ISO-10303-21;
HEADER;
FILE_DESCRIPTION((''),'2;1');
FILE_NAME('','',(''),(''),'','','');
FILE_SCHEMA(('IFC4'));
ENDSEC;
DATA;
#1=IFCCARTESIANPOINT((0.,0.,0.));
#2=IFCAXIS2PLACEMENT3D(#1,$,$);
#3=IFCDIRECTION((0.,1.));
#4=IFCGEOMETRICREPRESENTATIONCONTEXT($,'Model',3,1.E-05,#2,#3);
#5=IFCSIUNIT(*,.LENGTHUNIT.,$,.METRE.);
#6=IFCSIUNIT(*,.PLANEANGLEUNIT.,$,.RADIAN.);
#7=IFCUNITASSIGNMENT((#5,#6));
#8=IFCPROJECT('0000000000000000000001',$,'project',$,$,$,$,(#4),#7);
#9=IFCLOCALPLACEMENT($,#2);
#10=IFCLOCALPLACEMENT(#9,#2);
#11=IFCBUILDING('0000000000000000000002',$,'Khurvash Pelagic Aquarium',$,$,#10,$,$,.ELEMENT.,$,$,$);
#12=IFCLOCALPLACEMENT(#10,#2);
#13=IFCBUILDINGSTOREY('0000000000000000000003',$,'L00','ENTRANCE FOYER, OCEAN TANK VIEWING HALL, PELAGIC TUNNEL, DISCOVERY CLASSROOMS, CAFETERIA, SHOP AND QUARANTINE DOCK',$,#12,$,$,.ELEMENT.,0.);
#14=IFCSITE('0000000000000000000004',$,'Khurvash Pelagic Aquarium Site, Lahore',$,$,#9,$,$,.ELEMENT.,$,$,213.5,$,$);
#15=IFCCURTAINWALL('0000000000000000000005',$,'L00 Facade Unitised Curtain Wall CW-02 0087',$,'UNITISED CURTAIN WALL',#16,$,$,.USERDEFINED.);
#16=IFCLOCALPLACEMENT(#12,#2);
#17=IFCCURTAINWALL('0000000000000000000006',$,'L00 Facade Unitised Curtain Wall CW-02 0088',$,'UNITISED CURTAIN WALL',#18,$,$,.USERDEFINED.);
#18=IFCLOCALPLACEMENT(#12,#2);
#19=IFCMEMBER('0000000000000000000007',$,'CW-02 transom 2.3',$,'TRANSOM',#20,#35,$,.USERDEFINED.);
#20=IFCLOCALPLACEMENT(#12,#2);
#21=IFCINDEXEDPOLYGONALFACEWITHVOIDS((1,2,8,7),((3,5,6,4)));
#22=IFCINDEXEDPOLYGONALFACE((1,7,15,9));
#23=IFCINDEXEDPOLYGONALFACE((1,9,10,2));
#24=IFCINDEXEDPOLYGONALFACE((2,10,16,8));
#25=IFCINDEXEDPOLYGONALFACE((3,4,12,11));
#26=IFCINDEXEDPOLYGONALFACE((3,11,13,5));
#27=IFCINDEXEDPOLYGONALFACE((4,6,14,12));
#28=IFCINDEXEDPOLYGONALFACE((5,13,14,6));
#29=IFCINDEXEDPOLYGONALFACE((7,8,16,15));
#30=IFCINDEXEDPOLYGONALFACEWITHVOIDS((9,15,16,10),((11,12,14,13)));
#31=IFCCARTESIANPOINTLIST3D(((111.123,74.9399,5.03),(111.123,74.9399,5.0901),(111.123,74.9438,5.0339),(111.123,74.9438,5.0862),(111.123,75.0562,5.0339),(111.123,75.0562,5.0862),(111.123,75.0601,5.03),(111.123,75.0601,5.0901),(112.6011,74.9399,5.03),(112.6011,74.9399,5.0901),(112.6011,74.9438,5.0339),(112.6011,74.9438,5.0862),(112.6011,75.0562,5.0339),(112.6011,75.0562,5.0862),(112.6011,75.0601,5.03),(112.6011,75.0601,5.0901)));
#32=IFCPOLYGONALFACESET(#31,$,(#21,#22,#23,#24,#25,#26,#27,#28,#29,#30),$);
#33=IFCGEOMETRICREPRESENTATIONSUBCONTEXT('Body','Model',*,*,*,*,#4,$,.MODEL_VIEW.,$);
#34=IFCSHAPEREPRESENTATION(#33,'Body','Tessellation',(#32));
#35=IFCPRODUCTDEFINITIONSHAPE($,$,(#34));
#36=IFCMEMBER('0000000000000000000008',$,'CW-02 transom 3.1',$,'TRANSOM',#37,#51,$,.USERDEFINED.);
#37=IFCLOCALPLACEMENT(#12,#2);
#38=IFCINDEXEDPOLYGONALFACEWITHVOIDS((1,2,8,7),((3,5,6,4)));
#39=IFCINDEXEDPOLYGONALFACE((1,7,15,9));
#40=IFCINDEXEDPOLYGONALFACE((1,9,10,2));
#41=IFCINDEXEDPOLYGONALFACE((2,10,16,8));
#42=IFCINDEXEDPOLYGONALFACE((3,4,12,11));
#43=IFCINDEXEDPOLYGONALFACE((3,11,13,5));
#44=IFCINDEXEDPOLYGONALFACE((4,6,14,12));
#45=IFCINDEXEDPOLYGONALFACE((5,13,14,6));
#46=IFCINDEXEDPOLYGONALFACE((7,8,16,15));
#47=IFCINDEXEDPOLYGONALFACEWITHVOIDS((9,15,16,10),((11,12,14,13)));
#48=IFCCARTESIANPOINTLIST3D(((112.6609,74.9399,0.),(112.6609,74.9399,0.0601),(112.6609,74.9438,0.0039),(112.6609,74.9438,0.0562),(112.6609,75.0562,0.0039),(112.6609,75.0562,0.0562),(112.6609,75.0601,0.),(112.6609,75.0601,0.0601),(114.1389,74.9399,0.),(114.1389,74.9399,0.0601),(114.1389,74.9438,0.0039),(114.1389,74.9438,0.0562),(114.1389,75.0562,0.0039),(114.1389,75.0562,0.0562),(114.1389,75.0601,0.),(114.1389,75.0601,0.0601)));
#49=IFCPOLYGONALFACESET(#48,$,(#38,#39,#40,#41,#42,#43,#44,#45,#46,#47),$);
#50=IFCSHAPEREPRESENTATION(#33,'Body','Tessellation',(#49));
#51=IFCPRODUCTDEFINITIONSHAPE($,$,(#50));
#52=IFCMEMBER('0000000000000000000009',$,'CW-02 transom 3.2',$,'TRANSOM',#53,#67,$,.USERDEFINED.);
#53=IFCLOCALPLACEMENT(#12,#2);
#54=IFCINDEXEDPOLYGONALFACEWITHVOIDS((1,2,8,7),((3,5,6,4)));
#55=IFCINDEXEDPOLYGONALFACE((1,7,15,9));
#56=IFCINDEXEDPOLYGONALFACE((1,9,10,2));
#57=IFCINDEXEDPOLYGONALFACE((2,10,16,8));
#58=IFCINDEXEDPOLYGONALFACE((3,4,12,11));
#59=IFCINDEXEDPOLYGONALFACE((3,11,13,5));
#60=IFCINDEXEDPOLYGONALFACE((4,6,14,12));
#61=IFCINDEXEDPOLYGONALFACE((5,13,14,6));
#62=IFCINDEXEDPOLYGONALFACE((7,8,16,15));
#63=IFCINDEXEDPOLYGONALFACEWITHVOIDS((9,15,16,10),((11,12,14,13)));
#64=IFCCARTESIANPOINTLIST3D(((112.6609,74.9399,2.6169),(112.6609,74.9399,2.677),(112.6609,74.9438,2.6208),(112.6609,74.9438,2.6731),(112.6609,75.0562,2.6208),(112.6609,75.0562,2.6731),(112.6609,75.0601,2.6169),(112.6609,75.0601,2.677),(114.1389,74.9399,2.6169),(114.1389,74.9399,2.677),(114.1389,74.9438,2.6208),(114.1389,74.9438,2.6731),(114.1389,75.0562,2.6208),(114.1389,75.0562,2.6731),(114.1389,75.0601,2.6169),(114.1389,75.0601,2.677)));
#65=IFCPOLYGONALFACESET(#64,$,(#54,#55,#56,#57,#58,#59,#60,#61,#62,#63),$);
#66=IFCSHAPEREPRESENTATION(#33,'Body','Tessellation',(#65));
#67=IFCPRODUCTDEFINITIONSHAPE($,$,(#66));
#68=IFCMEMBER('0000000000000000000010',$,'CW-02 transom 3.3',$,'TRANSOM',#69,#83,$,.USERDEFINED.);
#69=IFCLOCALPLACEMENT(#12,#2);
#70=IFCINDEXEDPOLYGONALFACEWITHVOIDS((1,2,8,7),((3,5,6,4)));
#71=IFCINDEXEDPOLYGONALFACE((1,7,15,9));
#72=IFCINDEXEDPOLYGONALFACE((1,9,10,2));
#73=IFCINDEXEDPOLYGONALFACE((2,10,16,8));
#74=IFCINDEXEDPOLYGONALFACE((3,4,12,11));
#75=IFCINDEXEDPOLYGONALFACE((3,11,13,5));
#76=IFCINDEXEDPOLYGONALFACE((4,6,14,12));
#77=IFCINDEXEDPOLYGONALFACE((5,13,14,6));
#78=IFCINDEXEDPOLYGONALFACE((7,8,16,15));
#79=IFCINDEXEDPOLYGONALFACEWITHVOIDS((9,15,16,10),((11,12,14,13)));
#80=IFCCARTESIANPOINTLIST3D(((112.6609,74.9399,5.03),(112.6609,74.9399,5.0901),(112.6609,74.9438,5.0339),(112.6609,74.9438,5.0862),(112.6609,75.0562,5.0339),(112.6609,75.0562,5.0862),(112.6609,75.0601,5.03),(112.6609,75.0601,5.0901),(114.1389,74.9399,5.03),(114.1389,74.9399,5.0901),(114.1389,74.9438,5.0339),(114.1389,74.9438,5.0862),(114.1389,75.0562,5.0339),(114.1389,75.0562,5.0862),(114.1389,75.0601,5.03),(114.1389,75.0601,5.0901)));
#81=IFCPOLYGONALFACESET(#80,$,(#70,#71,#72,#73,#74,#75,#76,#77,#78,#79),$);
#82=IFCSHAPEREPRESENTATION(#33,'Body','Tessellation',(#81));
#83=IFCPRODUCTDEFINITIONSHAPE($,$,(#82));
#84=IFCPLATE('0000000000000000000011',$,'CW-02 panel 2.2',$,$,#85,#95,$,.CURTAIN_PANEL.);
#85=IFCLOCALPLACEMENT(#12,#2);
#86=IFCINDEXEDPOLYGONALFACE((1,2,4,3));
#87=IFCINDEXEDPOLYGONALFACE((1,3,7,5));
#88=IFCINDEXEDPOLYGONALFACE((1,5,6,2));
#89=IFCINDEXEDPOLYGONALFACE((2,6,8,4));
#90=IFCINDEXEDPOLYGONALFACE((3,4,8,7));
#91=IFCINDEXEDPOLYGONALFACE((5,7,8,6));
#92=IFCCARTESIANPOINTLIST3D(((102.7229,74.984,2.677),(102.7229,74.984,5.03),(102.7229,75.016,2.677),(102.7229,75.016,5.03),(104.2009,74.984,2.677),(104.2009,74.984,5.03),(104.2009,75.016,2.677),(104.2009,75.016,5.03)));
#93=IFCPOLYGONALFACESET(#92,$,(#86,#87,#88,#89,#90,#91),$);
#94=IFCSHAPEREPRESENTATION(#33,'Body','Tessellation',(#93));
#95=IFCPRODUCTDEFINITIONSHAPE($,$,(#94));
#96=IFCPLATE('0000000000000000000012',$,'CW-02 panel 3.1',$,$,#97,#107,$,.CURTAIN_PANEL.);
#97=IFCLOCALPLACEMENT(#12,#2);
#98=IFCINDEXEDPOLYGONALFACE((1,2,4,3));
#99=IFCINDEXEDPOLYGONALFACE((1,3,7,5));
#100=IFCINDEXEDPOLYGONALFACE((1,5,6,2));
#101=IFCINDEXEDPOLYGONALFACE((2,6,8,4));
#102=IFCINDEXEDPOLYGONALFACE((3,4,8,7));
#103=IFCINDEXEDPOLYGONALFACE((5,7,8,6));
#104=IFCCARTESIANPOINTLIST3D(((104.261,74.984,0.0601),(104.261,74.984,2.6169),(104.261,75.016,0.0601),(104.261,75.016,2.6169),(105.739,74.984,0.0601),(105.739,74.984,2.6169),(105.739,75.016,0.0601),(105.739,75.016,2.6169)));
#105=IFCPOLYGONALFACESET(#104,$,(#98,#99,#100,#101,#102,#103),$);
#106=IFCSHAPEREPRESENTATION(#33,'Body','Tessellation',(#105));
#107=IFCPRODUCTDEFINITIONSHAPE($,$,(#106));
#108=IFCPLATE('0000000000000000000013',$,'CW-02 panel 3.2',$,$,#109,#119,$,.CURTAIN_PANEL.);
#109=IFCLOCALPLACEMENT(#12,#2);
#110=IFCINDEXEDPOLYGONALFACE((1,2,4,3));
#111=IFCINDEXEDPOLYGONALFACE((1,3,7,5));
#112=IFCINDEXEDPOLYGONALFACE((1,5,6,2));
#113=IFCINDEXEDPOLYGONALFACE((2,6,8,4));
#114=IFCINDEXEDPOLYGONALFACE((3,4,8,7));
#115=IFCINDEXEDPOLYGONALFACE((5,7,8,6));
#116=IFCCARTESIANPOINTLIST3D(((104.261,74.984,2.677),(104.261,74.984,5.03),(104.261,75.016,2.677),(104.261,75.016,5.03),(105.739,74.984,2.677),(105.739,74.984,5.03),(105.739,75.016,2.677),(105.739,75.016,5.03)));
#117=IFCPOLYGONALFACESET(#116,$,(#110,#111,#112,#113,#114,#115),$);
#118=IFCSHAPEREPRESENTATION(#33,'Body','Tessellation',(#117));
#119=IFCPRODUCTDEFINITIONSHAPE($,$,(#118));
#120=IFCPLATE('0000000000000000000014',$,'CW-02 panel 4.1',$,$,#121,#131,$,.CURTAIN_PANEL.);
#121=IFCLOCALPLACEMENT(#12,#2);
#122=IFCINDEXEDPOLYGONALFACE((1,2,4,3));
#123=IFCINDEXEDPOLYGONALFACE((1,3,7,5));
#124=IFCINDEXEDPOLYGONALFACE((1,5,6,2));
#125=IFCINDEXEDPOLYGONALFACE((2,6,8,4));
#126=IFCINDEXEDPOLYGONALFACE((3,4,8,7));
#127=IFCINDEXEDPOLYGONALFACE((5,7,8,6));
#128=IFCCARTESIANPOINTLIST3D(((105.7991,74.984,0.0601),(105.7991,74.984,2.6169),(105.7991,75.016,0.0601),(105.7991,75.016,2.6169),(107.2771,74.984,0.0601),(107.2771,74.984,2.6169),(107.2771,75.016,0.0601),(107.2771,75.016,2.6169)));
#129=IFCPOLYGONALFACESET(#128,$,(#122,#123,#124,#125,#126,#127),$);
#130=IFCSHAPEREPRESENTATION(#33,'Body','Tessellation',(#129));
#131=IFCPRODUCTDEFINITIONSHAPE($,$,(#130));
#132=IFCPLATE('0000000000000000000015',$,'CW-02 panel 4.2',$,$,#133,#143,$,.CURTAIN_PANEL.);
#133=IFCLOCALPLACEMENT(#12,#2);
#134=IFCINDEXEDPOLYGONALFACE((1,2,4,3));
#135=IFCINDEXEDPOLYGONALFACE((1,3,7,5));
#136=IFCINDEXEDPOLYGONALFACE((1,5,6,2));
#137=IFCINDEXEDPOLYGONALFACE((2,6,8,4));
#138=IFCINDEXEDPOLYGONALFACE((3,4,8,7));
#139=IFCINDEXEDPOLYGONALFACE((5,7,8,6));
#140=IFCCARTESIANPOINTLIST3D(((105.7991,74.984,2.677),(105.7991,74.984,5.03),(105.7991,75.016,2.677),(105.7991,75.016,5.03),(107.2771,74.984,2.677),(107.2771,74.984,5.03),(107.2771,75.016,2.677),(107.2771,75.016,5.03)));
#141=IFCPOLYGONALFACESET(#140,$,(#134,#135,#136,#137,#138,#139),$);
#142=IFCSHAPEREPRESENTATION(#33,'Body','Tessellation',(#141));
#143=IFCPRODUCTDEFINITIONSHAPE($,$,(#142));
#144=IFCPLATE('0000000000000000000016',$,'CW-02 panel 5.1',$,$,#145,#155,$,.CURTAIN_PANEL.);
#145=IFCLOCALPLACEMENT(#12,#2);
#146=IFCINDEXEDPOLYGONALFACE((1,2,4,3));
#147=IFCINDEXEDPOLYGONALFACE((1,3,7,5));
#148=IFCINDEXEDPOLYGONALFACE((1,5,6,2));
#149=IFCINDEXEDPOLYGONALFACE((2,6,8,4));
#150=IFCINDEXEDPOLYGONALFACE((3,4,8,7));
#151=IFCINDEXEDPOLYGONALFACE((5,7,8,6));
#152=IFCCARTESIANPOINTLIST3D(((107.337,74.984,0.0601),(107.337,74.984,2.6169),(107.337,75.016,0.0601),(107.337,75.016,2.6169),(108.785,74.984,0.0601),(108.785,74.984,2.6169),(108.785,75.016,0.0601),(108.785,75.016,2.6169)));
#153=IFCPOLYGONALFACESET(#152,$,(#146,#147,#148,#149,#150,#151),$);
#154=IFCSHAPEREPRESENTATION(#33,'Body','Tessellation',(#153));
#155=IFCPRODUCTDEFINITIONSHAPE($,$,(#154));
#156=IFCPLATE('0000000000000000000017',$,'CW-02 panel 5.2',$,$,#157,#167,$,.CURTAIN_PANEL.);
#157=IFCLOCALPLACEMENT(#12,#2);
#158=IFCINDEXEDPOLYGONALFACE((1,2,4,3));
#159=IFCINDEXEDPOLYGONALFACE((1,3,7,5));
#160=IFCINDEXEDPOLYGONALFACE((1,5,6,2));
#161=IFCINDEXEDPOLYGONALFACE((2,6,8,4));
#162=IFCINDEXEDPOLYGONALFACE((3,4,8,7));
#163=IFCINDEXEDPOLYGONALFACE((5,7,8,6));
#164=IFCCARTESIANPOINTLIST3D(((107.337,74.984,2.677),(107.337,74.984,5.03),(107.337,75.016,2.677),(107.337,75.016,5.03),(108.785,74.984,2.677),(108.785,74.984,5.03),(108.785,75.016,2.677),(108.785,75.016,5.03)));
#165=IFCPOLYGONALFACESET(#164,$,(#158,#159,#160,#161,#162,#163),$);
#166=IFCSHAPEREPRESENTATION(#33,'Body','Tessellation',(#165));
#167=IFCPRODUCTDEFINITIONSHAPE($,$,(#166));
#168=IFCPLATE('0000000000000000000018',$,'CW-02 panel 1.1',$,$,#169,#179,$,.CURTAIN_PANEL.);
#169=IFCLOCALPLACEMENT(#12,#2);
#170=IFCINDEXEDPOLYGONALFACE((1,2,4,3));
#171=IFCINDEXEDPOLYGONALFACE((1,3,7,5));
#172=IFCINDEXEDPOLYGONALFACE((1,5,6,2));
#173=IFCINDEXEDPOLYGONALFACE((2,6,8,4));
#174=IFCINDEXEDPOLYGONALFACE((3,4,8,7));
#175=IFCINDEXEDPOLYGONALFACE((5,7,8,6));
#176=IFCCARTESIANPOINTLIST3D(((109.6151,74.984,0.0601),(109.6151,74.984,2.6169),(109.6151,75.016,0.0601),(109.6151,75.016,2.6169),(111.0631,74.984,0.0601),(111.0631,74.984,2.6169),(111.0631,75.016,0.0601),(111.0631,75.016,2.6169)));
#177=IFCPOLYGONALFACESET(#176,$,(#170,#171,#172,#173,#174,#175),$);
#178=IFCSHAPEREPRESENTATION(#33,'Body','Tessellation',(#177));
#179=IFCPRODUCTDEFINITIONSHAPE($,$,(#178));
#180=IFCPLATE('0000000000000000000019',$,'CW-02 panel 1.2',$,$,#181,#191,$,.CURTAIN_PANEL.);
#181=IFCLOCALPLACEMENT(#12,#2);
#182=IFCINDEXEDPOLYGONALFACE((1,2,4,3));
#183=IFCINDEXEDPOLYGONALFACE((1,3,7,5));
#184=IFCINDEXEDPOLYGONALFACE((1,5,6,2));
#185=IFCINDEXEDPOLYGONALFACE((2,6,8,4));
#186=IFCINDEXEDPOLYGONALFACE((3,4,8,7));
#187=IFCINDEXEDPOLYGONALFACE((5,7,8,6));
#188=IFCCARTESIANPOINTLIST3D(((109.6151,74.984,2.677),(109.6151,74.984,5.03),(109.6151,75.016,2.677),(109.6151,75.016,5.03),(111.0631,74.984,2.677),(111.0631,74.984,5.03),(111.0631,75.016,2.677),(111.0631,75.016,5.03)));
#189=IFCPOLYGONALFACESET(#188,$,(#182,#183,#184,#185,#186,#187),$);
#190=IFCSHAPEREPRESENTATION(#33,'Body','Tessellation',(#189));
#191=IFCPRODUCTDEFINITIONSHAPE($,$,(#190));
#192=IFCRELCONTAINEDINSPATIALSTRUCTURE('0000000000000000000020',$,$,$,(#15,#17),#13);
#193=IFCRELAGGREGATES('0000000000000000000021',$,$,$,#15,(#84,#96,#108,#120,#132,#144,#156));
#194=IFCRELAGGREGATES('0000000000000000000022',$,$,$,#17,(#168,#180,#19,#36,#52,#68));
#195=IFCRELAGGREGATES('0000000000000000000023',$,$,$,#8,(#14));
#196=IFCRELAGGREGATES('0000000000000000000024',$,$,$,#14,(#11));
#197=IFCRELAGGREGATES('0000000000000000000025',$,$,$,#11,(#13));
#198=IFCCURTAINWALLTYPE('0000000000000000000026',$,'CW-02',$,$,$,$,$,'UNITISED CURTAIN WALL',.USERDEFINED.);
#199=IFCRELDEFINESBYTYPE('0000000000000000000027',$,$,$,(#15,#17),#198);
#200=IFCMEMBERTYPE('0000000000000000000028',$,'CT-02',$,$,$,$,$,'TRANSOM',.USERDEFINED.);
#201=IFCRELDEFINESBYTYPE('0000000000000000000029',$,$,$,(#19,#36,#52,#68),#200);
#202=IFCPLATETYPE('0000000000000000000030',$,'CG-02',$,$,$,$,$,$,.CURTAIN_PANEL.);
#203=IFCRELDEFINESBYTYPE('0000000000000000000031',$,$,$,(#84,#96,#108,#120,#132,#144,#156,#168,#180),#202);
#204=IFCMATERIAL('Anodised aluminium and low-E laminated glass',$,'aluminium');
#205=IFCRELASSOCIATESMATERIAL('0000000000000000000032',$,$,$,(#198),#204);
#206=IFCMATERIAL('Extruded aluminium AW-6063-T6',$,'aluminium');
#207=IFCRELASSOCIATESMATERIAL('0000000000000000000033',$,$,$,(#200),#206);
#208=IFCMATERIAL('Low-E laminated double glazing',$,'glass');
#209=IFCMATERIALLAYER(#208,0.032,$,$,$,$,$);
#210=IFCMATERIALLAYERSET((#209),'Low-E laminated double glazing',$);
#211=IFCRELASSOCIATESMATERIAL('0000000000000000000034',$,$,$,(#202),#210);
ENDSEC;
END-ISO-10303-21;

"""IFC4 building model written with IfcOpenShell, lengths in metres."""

from ifc_helpers import new_model, si_unit, direction, frame, origin, origin_2d, place, context, subcontext, project, spatial, rectangle, hollow_rectangle, extrude, material, layer, layer_set, material_profile, profile_set, type_object, element, aggregate, save


model = new_model("IFC4")

# Units and contexts
model_context = context("Model", 3, precision=1e-05, world=origin(), true_north=direction((0.0, 1.0)))
body_context = subcontext(model_context, "Body", "Model", "MODEL_VIEW")
ifc_project = project(units=[si_unit("LENGTHUNIT", "METRE"), si_unit("PLANEANGLEUNIT", "RADIAN")], contexts=[model_context])

# Site, building, storey
site_placement = place(None, origin())
site = spatial("IfcSite", under=ifc_project, at=site_placement, Name="Khurvash Pelagic Aquarium Site, Lahore", CompositionType="ELEMENT", RefElevation=213.5)
building_placement = place(site_placement, origin())
building = spatial("IfcBuilding", under=site, at=building_placement, Name="Khurvash Pelagic Aquarium", CompositionType="ELEMENT")
storey_placement = place(building_placement, origin())
storey = spatial("IfcBuildingStorey", under=building, at=storey_placement, Name="L00", Description="ENTRANCE FOYER, OCEAN TANK VIEWING HALL, PELAGIC TUNNEL, DISCOVERY CLASSROOMS, CAFETERIA, SHOP AND QUARANTINE DOCK", CompositionType="ELEMENT", Elevation=0.0)

# Curtain walls
ifc_material_1 = material(Name="Anodised aluminium and low-E laminated glass", Category="aluminium")
curtain_wall_type = type_object("IfcCurtainWallType", Name="CW-02", ElementType="UNITISED CURTAIN WALL", PredefinedType="USERDEFINED", material=ifc_material_1)
curtain_wall_1_placement = place(storey_placement, origin())
curtain_wall_1 = element("IfcCurtainWall", 1, at=curtain_wall_1_placement, inside=storey, type_object=curtain_wall_type, Name="L00 Facade Unitised Curtain Wall CW-02 0087", ObjectType="UNITISED CURTAIN WALL", PredefinedType="USERDEFINED")
ifc_material_2 = material(Name="Extruded aluminium AW-6063-T6", Category="aluminium")
curtain_wall_2_placement = place(storey_placement, origin())
curtain_wall_2 = element("IfcCurtainWall", 2, at=curtain_wall_2_placement, inside=storey, type_object=curtain_wall_type, Name="L00 Facade Unitised Curtain Wall CW-02 0088", ObjectType="UNITISED CURTAIN WALL", PredefinedType="USERDEFINED")

# Members
ifc_material_profile_1 = material_profile(ifc_material_2, hollow_rectangle(XDim=0.1201, YDim=0.0601, WallThickness=0.0039, at=origin_2d()), Name="CWT120X60X4")
ifc_profile_set_1 = profile_set([ifc_material_profile_1], Name="Extruded aluminium AW-6063-T6")
member_type_1 = type_object("IfcMemberType", Name="CT-02", ElementType="TRANSOM", PredefinedType="USERDEFINED", material=ifc_profile_set_1)
member_1_placement = place(storey_placement, frame((111.123, 75.0, 5.0601), z_axis=(1.0, 0.0, 0.0), x_axis=(0.0, 1.0, 0.0)))
member_1 = element("IfcMember", 3, at=member_1_placement, type_object=member_type_1, Name="CW-02 transom 2.3", ObjectType="TRANSOM", PredefinedType="USERDEFINED", context=body_context, shape_type="SweptSolid", body=[
    extrude(hollow_rectangle(XDim=0.1201, YDim=0.0601, WallThickness=0.0039, at=origin_2d()), origin(), (0.0, 0.0, 1.0), 1.478),
])
member_2_placement = place(storey_placement, frame((112.6609, 75.0, 0.03), z_axis=(1.0, 0.0, 0.0), x_axis=(0.0, 1.0, 0.0)))
member_2 = element("IfcMember", 4, at=member_2_placement, type_object=member_type_1, Name="CW-02 transom 3.1", ObjectType="TRANSOM", PredefinedType="USERDEFINED", context=body_context, shape_type="SweptSolid", body=[
    extrude(hollow_rectangle(XDim=0.1201, YDim=0.0601, WallThickness=0.0039, at=origin_2d()), origin(), (0.0, 0.0, 1.0), 1.478),
])
member_3_placement = place(storey_placement, frame((112.6609, 75.0, 2.647), z_axis=(1.0, 0.0, 0.0), x_axis=(0.0, 1.0, 0.0)))
member_3 = element("IfcMember", 5, at=member_3_placement, type_object=member_type_1, Name="CW-02 transom 3.2", ObjectType="TRANSOM", PredefinedType="USERDEFINED", context=body_context, shape_type="SweptSolid", body=[
    extrude(hollow_rectangle(XDim=0.1201, YDim=0.0601, WallThickness=0.0039, at=origin_2d()), origin(), (0.0, 0.0, 1.0), 1.478),
])
member_4_placement = place(storey_placement, frame((112.6609, 75.0, 5.0601), z_axis=(1.0, 0.0, 0.0), x_axis=(0.0, 1.0, 0.0)))
member_4 = element("IfcMember", 6, at=member_4_placement, type_object=member_type_1, Name="CW-02 transom 3.3", ObjectType="TRANSOM", PredefinedType="USERDEFINED", context=body_context, shape_type="SweptSolid", body=[
    extrude(hollow_rectangle(XDim=0.1201, YDim=0.0601, WallThickness=0.0039, at=origin_2d()), origin(), (0.0, 0.0, 1.0), 1.478),
])

# Plates
ifc_material_3 = material(Name="Low-E laminated double glazing", Category="glass")
ifc_layer = layer(ifc_material_3, 0.032)
ifc_layer_set = layer_set([ifc_layer], Name="Low-E laminated double glazing")
plate_type = type_object("IfcPlateType", Name="CG-02", PredefinedType="CURTAIN_PANEL", material=ifc_layer_set)
plate_1_placement = place(storey_placement, frame((103.4619, 75.0, 2.677), z_axis=(0.0, 0.0, 1.0), x_axis=(1.0, 0.0, 0.0)))
plate_1 = element("IfcPlate", 7, at=plate_1_placement, type_object=plate_type, Name="CW-02 panel 2.2", PredefinedType="CURTAIN_PANEL", context=body_context, shape_type="SweptSolid", body=[
    extrude(rectangle(XDim=1.478, YDim=0.032, at=origin_2d()), origin(), (0.0, 0.0, 1.0), 2.353),
])
plate_2_placement = place(storey_placement, frame((105.0, 75.0, 0.0601), z_axis=(0.0, 0.0, 1.0), x_axis=(1.0, 0.0, 0.0)))
plate_2 = element("IfcPlate", 8, at=plate_2_placement, type_object=plate_type, Name="CW-02 panel 3.1", PredefinedType="CURTAIN_PANEL", context=body_context, shape_type="SweptSolid", body=[
    extrude(rectangle(XDim=1.478, YDim=0.032, at=origin_2d()), origin(), (0.0, 0.0, 1.0), 2.5569),
])
plate_3_placement = place(storey_placement, frame((105.0, 75.0, 2.677), z_axis=(0.0, 0.0, 1.0), x_axis=(1.0, 0.0, 0.0)))
plate_3 = element("IfcPlate", 9, at=plate_3_placement, type_object=plate_type, Name="CW-02 panel 3.2", PredefinedType="CURTAIN_PANEL", context=body_context, shape_type="SweptSolid", body=[
    extrude(rectangle(XDim=1.478, YDim=0.032, at=origin_2d()), origin(), (0.0, 0.0, 1.0), 2.353),
])
plate_4_placement = place(storey_placement, frame((106.5381, 75.0, 0.0601), z_axis=(0.0, 0.0, 1.0), x_axis=(1.0, 0.0, 0.0)))
plate_4 = element("IfcPlate", 10, at=plate_4_placement, type_object=plate_type, Name="CW-02 panel 4.1", PredefinedType="CURTAIN_PANEL", context=body_context, shape_type="SweptSolid", body=[
    extrude(rectangle(XDim=1.478, YDim=0.032, at=origin_2d()), origin(), (0.0, 0.0, 1.0), 2.5569),
])
plate_5_placement = place(storey_placement, frame((106.5381, 75.0, 2.677), z_axis=(0.0, 0.0, 1.0), x_axis=(1.0, 0.0, 0.0)))
plate_5 = element("IfcPlate", 11, at=plate_5_placement, type_object=plate_type, Name="CW-02 panel 4.2", PredefinedType="CURTAIN_PANEL", context=body_context, shape_type="SweptSolid", body=[
    extrude(rectangle(XDim=1.478, YDim=0.032, at=origin_2d()), origin(), (0.0, 0.0, 1.0), 2.353),
])
plate_6_placement = place(storey_placement, frame((108.061, 75.0, 0.0601), z_axis=(0.0, 0.0, 1.0), x_axis=(1.0, 0.0, 0.0)))
plate_6 = element("IfcPlate", 12, at=plate_6_placement, type_object=plate_type, Name="CW-02 panel 5.1", PredefinedType="CURTAIN_PANEL", context=body_context, shape_type="SweptSolid", body=[
    extrude(rectangle(XDim=1.448, YDim=0.032, at=origin_2d()), origin(), (0.0, 0.0, 1.0), 2.5569),
])
plate_7_placement = place(storey_placement, frame((108.061, 75.0, 2.677), z_axis=(0.0, 0.0, 1.0), x_axis=(1.0, 0.0, 0.0)))
plate_7 = element("IfcPlate", 13, at=plate_7_placement, type_object=plate_type, Name="CW-02 panel 5.2", PredefinedType="CURTAIN_PANEL", context=body_context, shape_type="SweptSolid", body=[
    extrude(rectangle(XDim=1.448, YDim=0.032, at=origin_2d()), origin(), (0.0, 0.0, 1.0), 2.353),
])
aggregate(curtain_wall_1, [plate_1, plate_2, plate_3, plate_4, plate_5, plate_6, plate_7])
plate_8_placement = place(storey_placement, frame((110.3391, 75.0, 0.0601), z_axis=(0.0, 0.0, 1.0), x_axis=(1.0, 0.0, 0.0)))
plate_8 = element("IfcPlate", 14, at=plate_8_placement, type_object=plate_type, Name="CW-02 panel 1.1", PredefinedType="CURTAIN_PANEL", context=body_context, shape_type="SweptSolid", body=[
    extrude(rectangle(XDim=1.448, YDim=0.032, at=origin_2d()), origin(), (0.0, 0.0, 1.0), 2.5569),
])
plate_9_placement = place(storey_placement, frame((110.3391, 75.0, 2.677), z_axis=(0.0, 0.0, 1.0), x_axis=(1.0, 0.0, 0.0)))
plate_9 = element("IfcPlate", 15, at=plate_9_placement, type_object=plate_type, Name="CW-02 panel 1.2", PredefinedType="CURTAIN_PANEL", context=body_context, shape_type="SweptSolid", body=[
    extrude(rectangle(XDim=1.448, YDim=0.032, at=origin_2d()), origin(), (0.0, 0.0, 1.0), 2.353),
])
aggregate(curtain_wall_2, [plate_8, plate_9, member_1, member_2, member_3, member_4])

save(model, "model.ifc")
